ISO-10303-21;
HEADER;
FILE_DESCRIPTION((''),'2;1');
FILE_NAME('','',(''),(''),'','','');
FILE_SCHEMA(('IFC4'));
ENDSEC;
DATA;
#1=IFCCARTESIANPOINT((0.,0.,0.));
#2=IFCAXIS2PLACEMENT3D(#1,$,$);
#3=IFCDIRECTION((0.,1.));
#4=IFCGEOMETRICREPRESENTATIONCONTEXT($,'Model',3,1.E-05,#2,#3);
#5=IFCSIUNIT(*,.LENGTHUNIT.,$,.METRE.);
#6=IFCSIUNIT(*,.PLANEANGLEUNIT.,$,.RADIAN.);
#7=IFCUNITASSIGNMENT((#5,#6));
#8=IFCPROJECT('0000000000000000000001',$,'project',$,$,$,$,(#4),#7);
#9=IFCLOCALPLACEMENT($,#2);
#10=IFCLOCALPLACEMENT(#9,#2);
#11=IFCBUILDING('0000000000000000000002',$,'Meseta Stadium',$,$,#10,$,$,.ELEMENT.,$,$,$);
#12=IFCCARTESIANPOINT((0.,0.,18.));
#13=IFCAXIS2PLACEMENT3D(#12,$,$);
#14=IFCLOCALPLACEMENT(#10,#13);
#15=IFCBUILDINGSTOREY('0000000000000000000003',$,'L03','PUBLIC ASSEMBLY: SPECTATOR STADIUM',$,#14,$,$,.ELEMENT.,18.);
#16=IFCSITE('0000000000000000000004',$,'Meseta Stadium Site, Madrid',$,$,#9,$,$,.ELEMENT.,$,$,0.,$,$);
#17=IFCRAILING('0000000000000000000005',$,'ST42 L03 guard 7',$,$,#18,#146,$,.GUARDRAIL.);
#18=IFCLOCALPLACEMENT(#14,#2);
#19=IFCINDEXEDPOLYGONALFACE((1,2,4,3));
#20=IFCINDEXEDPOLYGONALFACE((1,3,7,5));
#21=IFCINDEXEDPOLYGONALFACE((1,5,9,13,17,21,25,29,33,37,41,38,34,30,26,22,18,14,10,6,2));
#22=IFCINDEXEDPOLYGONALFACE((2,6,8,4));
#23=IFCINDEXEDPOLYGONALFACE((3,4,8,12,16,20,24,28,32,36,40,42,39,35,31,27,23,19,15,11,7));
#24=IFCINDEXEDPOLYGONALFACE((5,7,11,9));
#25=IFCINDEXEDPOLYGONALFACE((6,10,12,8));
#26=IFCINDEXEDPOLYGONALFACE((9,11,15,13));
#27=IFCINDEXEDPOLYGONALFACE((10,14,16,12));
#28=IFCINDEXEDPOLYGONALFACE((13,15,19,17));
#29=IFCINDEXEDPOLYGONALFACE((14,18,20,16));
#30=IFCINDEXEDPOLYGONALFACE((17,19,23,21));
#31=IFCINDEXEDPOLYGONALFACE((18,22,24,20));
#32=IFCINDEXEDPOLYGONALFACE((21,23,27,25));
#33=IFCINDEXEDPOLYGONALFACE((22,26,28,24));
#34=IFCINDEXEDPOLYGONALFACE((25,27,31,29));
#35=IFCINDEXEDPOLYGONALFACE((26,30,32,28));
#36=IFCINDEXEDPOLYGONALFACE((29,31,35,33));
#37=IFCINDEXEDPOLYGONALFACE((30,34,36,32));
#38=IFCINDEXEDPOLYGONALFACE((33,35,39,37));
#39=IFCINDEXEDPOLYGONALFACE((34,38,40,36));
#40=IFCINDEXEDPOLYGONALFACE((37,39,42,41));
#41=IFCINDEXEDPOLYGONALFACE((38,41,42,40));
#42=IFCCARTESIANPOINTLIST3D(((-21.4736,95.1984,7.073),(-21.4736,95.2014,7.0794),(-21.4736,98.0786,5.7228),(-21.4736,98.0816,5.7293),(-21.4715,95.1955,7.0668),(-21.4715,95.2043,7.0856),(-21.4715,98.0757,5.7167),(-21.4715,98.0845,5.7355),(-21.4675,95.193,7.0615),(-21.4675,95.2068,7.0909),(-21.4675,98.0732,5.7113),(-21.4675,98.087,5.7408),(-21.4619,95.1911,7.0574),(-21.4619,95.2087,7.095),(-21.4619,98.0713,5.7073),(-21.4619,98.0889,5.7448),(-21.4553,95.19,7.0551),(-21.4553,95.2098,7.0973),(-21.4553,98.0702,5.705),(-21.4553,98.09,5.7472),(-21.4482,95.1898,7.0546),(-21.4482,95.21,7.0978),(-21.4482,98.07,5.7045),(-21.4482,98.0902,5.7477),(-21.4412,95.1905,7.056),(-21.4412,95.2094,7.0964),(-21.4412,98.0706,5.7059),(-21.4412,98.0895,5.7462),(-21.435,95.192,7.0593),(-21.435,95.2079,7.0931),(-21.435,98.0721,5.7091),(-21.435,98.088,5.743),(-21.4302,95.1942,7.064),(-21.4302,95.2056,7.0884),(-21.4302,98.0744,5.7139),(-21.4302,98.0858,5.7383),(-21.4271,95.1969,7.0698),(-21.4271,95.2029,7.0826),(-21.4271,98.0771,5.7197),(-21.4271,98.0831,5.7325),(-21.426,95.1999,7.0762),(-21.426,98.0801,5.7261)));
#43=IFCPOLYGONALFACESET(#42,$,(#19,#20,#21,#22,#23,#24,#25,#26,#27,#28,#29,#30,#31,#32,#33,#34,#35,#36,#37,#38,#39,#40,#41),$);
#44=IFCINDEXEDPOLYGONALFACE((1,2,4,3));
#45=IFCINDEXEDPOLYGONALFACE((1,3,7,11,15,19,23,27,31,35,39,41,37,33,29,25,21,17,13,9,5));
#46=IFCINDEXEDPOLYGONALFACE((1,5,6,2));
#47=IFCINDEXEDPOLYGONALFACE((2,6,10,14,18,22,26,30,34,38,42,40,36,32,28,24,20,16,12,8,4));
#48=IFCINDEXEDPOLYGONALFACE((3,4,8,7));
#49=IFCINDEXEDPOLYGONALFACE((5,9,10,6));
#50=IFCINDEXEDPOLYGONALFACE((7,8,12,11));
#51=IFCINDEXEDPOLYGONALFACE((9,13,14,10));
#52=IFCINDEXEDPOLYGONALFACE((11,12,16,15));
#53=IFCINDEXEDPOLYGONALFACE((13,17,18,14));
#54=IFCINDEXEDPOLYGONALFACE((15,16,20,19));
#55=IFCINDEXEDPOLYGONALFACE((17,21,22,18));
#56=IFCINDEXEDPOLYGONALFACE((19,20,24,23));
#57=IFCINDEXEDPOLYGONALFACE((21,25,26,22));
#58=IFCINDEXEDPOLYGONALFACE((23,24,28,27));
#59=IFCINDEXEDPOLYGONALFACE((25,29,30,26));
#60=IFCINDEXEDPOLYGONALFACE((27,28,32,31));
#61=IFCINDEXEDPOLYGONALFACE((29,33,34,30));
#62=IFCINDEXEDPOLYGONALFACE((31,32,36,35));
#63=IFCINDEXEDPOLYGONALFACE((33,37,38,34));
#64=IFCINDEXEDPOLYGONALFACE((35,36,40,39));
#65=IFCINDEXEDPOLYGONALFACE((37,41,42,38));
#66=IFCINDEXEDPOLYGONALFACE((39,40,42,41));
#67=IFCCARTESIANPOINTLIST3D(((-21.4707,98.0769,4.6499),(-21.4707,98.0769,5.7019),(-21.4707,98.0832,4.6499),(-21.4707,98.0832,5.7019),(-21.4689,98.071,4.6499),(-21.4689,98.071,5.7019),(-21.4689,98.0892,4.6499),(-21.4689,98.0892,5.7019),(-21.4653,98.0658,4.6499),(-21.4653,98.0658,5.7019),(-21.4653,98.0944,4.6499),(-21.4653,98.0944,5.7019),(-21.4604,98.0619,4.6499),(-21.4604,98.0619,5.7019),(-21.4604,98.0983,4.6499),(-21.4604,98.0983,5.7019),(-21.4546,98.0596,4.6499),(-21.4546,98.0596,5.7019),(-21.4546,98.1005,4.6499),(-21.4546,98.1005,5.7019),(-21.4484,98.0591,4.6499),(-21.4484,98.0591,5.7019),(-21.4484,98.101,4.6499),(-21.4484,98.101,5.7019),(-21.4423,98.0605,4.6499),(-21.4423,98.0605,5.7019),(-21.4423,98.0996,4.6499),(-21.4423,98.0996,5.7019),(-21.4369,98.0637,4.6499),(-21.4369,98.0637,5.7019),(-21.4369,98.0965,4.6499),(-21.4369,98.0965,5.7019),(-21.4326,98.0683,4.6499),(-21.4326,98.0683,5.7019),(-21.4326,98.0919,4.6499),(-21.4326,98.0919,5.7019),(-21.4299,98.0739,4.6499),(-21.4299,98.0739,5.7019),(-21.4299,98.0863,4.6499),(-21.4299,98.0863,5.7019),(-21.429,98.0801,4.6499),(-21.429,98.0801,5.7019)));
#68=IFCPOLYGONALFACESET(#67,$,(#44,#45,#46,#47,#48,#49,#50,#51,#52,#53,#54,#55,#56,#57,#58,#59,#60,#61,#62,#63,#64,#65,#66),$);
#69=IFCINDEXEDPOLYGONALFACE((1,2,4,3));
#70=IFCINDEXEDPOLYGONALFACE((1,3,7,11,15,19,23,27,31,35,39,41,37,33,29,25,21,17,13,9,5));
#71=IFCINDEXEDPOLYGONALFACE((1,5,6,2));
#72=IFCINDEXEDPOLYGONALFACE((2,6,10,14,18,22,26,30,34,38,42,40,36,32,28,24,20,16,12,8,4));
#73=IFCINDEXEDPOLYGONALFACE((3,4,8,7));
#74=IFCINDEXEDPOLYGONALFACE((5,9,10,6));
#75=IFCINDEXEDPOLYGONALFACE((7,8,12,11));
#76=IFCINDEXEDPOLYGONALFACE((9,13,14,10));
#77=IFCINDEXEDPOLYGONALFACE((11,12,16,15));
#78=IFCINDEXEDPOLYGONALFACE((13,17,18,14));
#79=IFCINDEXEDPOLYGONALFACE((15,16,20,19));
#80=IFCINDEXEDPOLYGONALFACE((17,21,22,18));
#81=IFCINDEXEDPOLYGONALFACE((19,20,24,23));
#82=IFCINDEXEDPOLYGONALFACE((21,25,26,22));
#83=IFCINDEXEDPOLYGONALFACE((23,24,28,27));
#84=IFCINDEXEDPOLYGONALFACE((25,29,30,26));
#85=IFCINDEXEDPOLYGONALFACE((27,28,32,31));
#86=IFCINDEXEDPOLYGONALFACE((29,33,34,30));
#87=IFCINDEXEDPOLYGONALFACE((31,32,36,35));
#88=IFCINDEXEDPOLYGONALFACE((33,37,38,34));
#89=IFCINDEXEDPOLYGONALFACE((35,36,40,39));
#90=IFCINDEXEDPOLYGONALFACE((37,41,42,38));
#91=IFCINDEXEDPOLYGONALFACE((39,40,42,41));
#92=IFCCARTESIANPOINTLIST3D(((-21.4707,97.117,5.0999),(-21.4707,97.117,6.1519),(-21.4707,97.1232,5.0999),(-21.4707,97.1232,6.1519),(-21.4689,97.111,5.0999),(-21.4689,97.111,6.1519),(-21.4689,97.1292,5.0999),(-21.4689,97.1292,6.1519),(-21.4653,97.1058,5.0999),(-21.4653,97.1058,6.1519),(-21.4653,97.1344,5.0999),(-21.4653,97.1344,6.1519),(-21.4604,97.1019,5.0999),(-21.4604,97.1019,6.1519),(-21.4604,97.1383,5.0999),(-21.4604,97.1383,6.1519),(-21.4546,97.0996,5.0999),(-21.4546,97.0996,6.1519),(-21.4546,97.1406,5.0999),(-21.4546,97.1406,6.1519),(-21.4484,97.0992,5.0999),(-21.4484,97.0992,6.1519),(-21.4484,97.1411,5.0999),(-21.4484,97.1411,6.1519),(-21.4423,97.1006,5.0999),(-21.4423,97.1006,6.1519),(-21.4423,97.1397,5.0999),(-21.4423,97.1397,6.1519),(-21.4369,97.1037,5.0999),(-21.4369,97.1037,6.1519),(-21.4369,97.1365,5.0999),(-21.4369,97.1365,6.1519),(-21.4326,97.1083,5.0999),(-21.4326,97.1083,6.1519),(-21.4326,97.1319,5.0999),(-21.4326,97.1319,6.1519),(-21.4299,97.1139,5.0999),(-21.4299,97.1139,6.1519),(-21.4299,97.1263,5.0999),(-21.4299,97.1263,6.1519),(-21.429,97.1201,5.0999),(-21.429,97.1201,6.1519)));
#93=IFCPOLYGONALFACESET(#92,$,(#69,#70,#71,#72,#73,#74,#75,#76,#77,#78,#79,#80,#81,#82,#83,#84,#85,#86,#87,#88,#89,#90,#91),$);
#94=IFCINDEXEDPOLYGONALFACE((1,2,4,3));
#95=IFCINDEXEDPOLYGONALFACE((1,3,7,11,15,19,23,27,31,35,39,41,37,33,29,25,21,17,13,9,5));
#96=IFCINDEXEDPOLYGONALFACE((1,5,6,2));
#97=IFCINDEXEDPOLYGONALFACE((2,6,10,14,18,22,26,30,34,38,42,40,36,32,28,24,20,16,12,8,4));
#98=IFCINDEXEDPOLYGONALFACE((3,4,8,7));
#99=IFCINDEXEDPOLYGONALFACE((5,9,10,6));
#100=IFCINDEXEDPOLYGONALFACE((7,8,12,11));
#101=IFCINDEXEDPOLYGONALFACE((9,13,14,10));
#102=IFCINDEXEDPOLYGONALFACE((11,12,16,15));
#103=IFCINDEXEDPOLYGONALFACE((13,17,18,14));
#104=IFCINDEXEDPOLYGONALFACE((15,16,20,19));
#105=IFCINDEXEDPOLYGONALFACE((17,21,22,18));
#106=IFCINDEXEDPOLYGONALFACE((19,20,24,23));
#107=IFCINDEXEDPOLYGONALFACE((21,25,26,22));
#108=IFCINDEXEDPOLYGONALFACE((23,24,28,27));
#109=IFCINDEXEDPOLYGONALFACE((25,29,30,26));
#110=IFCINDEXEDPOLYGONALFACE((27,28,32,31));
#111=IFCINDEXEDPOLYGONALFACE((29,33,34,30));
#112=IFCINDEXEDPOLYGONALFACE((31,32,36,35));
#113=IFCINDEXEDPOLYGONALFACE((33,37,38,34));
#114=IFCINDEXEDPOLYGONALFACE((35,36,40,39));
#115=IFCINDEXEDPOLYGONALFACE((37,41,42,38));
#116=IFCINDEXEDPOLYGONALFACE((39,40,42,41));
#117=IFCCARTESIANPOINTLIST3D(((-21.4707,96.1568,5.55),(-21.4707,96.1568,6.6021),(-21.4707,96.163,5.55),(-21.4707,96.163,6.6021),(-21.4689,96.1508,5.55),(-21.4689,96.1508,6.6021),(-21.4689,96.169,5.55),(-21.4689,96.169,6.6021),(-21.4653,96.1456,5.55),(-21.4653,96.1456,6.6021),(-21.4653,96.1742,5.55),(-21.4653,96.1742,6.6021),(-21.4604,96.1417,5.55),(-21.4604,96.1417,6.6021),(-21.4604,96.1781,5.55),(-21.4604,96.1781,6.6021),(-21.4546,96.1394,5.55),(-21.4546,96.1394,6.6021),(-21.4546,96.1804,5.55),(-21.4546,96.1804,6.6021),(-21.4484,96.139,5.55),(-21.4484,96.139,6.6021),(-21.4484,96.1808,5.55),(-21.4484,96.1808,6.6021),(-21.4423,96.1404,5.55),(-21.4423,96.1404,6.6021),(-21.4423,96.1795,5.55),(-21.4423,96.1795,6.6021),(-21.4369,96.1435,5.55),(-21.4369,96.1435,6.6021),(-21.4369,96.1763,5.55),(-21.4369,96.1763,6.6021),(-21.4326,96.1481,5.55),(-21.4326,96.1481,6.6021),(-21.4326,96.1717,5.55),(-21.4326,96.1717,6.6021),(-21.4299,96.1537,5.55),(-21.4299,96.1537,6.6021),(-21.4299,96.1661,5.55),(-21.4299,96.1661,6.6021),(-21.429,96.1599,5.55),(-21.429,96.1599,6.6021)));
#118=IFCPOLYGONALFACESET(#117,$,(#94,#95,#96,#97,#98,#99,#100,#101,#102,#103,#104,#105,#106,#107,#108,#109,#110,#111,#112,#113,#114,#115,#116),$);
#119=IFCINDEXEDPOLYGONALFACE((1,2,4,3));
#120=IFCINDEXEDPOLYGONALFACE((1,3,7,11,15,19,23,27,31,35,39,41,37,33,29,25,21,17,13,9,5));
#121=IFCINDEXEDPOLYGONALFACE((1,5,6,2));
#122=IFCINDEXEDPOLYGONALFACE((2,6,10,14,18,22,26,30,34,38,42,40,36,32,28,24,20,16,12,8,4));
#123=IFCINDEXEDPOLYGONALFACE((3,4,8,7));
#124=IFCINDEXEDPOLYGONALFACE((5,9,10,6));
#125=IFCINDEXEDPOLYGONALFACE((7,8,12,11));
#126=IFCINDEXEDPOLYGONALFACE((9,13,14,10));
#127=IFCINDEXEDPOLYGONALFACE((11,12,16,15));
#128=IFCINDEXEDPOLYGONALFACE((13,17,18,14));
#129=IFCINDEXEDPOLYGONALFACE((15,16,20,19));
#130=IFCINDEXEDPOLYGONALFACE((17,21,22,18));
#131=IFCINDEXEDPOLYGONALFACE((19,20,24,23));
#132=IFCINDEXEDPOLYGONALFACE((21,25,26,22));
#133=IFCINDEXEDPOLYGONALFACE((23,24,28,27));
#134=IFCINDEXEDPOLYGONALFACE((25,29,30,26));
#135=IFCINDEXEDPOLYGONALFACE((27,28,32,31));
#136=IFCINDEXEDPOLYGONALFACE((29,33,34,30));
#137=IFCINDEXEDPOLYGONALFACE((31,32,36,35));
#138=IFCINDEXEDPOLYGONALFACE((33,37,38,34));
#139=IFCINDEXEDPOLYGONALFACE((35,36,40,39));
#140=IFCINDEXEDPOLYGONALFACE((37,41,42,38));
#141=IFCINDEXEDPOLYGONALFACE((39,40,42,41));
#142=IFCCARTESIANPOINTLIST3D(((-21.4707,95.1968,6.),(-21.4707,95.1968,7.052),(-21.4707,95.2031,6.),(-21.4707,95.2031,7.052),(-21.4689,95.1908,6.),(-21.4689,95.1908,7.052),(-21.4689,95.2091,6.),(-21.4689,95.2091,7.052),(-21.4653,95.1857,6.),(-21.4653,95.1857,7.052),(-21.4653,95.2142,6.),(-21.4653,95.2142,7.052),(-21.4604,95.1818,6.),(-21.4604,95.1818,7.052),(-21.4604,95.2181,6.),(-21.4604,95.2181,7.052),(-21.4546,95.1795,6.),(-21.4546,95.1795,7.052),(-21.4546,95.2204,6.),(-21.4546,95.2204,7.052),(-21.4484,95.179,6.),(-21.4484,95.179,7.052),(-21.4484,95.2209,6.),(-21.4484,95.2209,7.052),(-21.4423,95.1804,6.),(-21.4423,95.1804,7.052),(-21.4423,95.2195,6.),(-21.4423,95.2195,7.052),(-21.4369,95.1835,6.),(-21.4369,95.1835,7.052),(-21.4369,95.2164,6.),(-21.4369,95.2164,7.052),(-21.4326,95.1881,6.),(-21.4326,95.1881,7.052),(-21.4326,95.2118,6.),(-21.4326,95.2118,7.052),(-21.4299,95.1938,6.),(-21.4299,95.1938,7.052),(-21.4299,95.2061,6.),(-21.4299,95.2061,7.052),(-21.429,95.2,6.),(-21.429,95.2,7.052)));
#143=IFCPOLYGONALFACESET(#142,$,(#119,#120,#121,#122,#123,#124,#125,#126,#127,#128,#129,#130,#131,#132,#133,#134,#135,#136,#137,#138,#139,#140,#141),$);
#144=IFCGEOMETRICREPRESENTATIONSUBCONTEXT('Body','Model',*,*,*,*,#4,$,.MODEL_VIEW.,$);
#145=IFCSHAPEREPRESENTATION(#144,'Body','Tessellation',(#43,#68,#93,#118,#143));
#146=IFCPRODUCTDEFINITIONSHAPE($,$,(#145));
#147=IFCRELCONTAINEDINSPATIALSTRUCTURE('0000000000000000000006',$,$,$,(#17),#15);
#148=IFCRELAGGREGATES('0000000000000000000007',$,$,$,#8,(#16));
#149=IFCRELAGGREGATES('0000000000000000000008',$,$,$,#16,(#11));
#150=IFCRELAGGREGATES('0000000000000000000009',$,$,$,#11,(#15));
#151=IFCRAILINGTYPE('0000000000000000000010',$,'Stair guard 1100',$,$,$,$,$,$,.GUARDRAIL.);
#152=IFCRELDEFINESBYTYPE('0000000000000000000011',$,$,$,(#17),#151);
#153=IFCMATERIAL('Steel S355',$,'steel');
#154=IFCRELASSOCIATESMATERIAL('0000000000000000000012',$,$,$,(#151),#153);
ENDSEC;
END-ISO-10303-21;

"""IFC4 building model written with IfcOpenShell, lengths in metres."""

from ifc_helpers import new_model, si_unit, direction, frame, origin, origin_2d, place, context, subcontext, project, spatial, circle, extrude, material, type_object, element, save


model = new_model("IFC4")

# Units and contexts
model_context = context("Model", 3, precision=1e-05, world=origin(), true_north=direction((0.0, 1.0)))
body_context = subcontext(model_context, "Body", "Model", "MODEL_VIEW")
ifc_project = project(units=[si_unit("LENGTHUNIT", "METRE"), si_unit("PLANEANGLEUNIT", "RADIAN")], contexts=[model_context])

# Site, building, storey
site_placement = place(None, origin())
site = spatial("IfcSite", under=ifc_project, at=site_placement, Name="Meseta Stadium Site, Madrid", CompositionType="ELEMENT", RefElevation=0.0)
building_placement = place(site_placement, origin())
building = spatial("IfcBuilding", under=site, at=building_placement, Name="Meseta Stadium", CompositionType="ELEMENT")
storey_placement = place(building_placement, frame((0.0, 0.0, 18.0)))
storey = spatial("IfcBuildingStorey", under=building, at=storey_placement, Name="L03", Description="PUBLIC ASSEMBLY: SPECTATOR STADIUM", CompositionType="ELEMENT", Elevation=18.0)

# Railing
ifc_material_1 = material(Name="Steel S355", Category="steel")
railing_type_1 = type_object("IfcRailingType", Name="Stair guard 1100", PredefinedType="GUARDRAIL", material=ifc_material_1)
railing_1_placement = place(storey_placement, frame((-21.45, 98.0801, 4.6499)))
element("IfcRailing", 1, at=railing_1_placement, inside=storey, type_object=railing_type_1, Name="ST42 L03 guard 7", PredefinedType="GUARDRAIL", context=body_context, shape_type="SweptSolid", body=[
    extrude(circle(Radius=0.0239, at=origin_2d()), frame((0.0, 0.0, 1.0762), z_axis=(0.0, -0.905454, 0.424444), x_axis=(1.0, 0.0, 0.0)), (0.0, 0.0, 1.0), 3.1809),
    extrude(circle(Radius=0.021, at=origin_2d()), origin(), (0.0, 0.0, 1.0), 1.052),
    extrude(circle(Radius=0.021, at=origin_2d()), frame((0.0, -0.96, 0.45)), (0.0, 0.0, 1.0), 1.052),
    extrude(circle(Radius=0.021, at=origin_2d()), frame((0.0, -1.9202, 0.9001)), (0.0, 0.0, 1.0), 1.052),
    extrude(circle(Radius=0.021, at=origin_2d()), frame((0.0, -2.8801, 1.3501)), (0.0, 0.0, 1.0), 1.052),
])

save(model, "model.ifc")
